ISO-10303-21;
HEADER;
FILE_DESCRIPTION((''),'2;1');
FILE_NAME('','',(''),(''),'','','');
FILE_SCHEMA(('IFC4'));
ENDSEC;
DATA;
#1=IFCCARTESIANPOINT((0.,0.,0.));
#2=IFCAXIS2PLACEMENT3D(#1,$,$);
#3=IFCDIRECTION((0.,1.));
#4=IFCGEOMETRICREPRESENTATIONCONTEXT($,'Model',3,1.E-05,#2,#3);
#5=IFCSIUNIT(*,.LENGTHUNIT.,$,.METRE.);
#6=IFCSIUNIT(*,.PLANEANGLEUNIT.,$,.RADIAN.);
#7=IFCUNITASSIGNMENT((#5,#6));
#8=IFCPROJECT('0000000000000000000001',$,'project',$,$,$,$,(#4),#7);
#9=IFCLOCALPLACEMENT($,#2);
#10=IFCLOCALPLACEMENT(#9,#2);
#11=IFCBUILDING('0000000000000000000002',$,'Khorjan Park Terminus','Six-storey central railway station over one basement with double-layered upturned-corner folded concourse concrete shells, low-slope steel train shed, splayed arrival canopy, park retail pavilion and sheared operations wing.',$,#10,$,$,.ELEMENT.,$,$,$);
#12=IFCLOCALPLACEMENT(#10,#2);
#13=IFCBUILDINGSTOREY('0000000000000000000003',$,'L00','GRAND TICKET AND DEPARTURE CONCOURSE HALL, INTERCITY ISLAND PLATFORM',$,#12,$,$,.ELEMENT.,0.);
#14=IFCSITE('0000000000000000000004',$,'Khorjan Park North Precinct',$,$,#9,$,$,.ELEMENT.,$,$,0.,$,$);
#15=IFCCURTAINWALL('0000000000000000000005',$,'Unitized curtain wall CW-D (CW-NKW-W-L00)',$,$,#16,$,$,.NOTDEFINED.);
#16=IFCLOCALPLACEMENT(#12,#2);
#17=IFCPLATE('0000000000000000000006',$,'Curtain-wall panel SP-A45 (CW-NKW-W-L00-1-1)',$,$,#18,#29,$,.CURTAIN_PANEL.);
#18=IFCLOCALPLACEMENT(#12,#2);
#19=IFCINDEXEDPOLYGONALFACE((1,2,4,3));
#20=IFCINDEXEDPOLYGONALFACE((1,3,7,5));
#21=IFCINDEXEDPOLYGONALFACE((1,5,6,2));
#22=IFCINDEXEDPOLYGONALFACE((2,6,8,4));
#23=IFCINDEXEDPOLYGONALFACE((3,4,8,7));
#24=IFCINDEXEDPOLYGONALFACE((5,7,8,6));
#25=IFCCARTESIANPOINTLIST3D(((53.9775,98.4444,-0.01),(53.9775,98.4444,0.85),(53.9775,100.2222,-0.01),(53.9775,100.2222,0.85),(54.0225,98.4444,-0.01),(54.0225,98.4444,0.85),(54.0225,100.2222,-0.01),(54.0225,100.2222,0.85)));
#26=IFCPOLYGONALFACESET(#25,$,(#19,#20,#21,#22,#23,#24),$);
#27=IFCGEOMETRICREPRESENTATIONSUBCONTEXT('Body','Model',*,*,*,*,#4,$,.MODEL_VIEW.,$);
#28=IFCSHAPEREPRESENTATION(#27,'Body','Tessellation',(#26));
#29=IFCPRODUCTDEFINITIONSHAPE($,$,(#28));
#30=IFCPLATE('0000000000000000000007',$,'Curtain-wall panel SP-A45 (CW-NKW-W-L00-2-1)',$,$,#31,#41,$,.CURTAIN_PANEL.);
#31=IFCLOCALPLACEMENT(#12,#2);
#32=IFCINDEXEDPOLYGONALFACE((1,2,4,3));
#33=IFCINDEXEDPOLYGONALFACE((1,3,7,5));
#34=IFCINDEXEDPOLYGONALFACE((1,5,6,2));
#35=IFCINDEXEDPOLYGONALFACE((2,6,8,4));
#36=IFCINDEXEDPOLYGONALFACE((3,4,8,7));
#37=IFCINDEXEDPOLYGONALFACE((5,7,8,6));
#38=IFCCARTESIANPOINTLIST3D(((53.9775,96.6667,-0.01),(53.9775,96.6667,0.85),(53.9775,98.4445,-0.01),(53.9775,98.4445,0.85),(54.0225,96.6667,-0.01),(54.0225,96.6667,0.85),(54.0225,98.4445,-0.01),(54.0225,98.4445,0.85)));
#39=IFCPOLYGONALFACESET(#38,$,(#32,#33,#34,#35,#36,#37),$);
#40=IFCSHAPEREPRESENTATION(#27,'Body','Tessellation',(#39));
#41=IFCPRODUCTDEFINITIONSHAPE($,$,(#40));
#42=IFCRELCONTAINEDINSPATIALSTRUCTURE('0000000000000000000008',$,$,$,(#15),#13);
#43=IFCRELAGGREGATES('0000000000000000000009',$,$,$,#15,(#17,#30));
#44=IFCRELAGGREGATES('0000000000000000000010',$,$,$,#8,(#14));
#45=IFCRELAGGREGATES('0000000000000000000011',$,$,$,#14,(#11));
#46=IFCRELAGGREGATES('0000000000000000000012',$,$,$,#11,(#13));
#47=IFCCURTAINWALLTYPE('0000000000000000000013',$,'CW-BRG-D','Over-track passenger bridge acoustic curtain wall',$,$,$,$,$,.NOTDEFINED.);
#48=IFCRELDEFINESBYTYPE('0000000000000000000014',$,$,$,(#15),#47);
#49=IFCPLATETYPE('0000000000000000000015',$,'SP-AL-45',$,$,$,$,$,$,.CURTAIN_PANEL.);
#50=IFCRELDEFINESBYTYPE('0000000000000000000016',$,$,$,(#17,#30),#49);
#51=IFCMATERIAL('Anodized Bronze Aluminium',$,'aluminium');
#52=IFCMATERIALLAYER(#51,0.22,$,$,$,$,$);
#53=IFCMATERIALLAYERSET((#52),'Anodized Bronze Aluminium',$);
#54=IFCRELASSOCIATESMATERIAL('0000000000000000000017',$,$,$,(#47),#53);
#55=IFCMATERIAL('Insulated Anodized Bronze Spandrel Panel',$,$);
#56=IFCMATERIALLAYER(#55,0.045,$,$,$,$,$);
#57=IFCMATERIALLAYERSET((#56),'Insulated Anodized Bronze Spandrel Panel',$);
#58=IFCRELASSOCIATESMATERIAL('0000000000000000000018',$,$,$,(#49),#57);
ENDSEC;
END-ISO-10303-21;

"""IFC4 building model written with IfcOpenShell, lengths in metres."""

from ifc_helpers import new_model, si_unit, direction, frame, origin, origin_2d, place, context, subcontext, project, spatial, rectangle, extrude, material, layer, layer_set, type_object, element, aggregate, save


model = new_model("IFC4")

# Units and contexts
model_context = context("Model", 3, precision=1e-05, world=origin(), true_north=direction((0.0, 1.0)))
body_context = subcontext(model_context, "Body", "Model", "MODEL_VIEW")
ifc_project = project(units=[si_unit("LENGTHUNIT", "METRE"), si_unit("PLANEANGLEUNIT", "RADIAN")], contexts=[model_context])

# Site, building, storey
site_placement = place(None, origin())
site = spatial("IfcSite", under=ifc_project, at=site_placement, Name="Khorjan Park North Precinct", CompositionType="ELEMENT", RefElevation=0.0)
building_placement = place(site_placement, origin())
building = spatial("IfcBuilding", under=site, at=building_placement, Name="Khorjan Park Terminus", Description="Six-storey central railway station over one basement with double-layered upturned-corner folded concourse concrete shells, low-slope steel train shed, splayed arrival canopy, park retail pavilion and sheared operations wing.", CompositionType="ELEMENT")
storey_placement = place(building_placement, origin())
storey = spatial("IfcBuildingStorey", under=building, at=storey_placement, Name="L00", Description="GRAND TICKET AND DEPARTURE CONCOURSE HALL, INTERCITY ISLAND PLATFORM", CompositionType="ELEMENT", Elevation=0.0)

# Curtain wall, plates
ifc_material_1 = material(Name="Anodized Bronze Aluminium", Category="aluminium")
ifc_layer_1 = layer(ifc_material_1, 0.22)
ifc_layer_set_1 = layer_set([ifc_layer_1], Name="Anodized Bronze Aluminium")
curtain_wall_type = type_object("IfcCurtainWallType", Name="CW-BRG-D", Description="Over-track passenger bridge acoustic curtain wall", PredefinedType="NOTDEFINED", material=ifc_layer_set_1)
curtain_wall_placement = place(storey_placement, origin())
curtain_wall = element("IfcCurtainWall", 1, at=curtain_wall_placement, inside=storey, type_object=curtain_wall_type, Name="Unitized curtain wall CW-D (CW-NKW-W-L00)", PredefinedType="NOTDEFINED")
ifc_material_2 = material(Name="Insulated Anodized Bronze Spandrel Panel")
ifc_layer_2 = layer(ifc_material_2, 0.045)
ifc_layer_set_2 = layer_set([ifc_layer_2], Name="Insulated Anodized Bronze Spandrel Panel")
plate_type_1 = type_object("IfcPlateType", Name="SP-AL-45", PredefinedType="CURTAIN_PANEL", material=ifc_layer_set_2)
plate_1_placement = place(storey_placement, frame((54.0, 99.3333, -0.01), z_axis=(0.0, 0.0, 1.0), x_axis=(0.0, -1.0, 0.0)))
plate_1 = element("IfcPlate", 2, at=plate_1_placement, type_object=plate_type_1, Name="Curtain-wall panel SP-A45 (CW-NKW-W-L00-1-1)", PredefinedType="CURTAIN_PANEL", context=body_context, shape_type="SweptSolid", body=[
    extrude(rectangle(XDim=1.7778, YDim=0.045, at=origin_2d()), origin(), (0.0, 0.0, 1.0), 0.86),
])
plate_2_placement = place(storey_placement, frame((54.0, 97.5556, -0.01), z_axis=(0.0, 0.0, 1.0), x_axis=(0.0, -1.0, 0.0)))
plate_2 = element("IfcPlate", 3, at=plate_2_placement, type_object=plate_type_1, Name="Curtain-wall panel SP-A45 (CW-NKW-W-L00-2-1)", PredefinedType="CURTAIN_PANEL", context=body_context, shape_type="SweptSolid", body=[
    extrude(rectangle(XDim=1.7778, YDim=0.045, at=origin_2d()), origin(), (0.0, 0.0, 1.0), 0.86),
])
aggregate(curtain_wall, [plate_1, plate_2])

save(model, "model.ifc")
